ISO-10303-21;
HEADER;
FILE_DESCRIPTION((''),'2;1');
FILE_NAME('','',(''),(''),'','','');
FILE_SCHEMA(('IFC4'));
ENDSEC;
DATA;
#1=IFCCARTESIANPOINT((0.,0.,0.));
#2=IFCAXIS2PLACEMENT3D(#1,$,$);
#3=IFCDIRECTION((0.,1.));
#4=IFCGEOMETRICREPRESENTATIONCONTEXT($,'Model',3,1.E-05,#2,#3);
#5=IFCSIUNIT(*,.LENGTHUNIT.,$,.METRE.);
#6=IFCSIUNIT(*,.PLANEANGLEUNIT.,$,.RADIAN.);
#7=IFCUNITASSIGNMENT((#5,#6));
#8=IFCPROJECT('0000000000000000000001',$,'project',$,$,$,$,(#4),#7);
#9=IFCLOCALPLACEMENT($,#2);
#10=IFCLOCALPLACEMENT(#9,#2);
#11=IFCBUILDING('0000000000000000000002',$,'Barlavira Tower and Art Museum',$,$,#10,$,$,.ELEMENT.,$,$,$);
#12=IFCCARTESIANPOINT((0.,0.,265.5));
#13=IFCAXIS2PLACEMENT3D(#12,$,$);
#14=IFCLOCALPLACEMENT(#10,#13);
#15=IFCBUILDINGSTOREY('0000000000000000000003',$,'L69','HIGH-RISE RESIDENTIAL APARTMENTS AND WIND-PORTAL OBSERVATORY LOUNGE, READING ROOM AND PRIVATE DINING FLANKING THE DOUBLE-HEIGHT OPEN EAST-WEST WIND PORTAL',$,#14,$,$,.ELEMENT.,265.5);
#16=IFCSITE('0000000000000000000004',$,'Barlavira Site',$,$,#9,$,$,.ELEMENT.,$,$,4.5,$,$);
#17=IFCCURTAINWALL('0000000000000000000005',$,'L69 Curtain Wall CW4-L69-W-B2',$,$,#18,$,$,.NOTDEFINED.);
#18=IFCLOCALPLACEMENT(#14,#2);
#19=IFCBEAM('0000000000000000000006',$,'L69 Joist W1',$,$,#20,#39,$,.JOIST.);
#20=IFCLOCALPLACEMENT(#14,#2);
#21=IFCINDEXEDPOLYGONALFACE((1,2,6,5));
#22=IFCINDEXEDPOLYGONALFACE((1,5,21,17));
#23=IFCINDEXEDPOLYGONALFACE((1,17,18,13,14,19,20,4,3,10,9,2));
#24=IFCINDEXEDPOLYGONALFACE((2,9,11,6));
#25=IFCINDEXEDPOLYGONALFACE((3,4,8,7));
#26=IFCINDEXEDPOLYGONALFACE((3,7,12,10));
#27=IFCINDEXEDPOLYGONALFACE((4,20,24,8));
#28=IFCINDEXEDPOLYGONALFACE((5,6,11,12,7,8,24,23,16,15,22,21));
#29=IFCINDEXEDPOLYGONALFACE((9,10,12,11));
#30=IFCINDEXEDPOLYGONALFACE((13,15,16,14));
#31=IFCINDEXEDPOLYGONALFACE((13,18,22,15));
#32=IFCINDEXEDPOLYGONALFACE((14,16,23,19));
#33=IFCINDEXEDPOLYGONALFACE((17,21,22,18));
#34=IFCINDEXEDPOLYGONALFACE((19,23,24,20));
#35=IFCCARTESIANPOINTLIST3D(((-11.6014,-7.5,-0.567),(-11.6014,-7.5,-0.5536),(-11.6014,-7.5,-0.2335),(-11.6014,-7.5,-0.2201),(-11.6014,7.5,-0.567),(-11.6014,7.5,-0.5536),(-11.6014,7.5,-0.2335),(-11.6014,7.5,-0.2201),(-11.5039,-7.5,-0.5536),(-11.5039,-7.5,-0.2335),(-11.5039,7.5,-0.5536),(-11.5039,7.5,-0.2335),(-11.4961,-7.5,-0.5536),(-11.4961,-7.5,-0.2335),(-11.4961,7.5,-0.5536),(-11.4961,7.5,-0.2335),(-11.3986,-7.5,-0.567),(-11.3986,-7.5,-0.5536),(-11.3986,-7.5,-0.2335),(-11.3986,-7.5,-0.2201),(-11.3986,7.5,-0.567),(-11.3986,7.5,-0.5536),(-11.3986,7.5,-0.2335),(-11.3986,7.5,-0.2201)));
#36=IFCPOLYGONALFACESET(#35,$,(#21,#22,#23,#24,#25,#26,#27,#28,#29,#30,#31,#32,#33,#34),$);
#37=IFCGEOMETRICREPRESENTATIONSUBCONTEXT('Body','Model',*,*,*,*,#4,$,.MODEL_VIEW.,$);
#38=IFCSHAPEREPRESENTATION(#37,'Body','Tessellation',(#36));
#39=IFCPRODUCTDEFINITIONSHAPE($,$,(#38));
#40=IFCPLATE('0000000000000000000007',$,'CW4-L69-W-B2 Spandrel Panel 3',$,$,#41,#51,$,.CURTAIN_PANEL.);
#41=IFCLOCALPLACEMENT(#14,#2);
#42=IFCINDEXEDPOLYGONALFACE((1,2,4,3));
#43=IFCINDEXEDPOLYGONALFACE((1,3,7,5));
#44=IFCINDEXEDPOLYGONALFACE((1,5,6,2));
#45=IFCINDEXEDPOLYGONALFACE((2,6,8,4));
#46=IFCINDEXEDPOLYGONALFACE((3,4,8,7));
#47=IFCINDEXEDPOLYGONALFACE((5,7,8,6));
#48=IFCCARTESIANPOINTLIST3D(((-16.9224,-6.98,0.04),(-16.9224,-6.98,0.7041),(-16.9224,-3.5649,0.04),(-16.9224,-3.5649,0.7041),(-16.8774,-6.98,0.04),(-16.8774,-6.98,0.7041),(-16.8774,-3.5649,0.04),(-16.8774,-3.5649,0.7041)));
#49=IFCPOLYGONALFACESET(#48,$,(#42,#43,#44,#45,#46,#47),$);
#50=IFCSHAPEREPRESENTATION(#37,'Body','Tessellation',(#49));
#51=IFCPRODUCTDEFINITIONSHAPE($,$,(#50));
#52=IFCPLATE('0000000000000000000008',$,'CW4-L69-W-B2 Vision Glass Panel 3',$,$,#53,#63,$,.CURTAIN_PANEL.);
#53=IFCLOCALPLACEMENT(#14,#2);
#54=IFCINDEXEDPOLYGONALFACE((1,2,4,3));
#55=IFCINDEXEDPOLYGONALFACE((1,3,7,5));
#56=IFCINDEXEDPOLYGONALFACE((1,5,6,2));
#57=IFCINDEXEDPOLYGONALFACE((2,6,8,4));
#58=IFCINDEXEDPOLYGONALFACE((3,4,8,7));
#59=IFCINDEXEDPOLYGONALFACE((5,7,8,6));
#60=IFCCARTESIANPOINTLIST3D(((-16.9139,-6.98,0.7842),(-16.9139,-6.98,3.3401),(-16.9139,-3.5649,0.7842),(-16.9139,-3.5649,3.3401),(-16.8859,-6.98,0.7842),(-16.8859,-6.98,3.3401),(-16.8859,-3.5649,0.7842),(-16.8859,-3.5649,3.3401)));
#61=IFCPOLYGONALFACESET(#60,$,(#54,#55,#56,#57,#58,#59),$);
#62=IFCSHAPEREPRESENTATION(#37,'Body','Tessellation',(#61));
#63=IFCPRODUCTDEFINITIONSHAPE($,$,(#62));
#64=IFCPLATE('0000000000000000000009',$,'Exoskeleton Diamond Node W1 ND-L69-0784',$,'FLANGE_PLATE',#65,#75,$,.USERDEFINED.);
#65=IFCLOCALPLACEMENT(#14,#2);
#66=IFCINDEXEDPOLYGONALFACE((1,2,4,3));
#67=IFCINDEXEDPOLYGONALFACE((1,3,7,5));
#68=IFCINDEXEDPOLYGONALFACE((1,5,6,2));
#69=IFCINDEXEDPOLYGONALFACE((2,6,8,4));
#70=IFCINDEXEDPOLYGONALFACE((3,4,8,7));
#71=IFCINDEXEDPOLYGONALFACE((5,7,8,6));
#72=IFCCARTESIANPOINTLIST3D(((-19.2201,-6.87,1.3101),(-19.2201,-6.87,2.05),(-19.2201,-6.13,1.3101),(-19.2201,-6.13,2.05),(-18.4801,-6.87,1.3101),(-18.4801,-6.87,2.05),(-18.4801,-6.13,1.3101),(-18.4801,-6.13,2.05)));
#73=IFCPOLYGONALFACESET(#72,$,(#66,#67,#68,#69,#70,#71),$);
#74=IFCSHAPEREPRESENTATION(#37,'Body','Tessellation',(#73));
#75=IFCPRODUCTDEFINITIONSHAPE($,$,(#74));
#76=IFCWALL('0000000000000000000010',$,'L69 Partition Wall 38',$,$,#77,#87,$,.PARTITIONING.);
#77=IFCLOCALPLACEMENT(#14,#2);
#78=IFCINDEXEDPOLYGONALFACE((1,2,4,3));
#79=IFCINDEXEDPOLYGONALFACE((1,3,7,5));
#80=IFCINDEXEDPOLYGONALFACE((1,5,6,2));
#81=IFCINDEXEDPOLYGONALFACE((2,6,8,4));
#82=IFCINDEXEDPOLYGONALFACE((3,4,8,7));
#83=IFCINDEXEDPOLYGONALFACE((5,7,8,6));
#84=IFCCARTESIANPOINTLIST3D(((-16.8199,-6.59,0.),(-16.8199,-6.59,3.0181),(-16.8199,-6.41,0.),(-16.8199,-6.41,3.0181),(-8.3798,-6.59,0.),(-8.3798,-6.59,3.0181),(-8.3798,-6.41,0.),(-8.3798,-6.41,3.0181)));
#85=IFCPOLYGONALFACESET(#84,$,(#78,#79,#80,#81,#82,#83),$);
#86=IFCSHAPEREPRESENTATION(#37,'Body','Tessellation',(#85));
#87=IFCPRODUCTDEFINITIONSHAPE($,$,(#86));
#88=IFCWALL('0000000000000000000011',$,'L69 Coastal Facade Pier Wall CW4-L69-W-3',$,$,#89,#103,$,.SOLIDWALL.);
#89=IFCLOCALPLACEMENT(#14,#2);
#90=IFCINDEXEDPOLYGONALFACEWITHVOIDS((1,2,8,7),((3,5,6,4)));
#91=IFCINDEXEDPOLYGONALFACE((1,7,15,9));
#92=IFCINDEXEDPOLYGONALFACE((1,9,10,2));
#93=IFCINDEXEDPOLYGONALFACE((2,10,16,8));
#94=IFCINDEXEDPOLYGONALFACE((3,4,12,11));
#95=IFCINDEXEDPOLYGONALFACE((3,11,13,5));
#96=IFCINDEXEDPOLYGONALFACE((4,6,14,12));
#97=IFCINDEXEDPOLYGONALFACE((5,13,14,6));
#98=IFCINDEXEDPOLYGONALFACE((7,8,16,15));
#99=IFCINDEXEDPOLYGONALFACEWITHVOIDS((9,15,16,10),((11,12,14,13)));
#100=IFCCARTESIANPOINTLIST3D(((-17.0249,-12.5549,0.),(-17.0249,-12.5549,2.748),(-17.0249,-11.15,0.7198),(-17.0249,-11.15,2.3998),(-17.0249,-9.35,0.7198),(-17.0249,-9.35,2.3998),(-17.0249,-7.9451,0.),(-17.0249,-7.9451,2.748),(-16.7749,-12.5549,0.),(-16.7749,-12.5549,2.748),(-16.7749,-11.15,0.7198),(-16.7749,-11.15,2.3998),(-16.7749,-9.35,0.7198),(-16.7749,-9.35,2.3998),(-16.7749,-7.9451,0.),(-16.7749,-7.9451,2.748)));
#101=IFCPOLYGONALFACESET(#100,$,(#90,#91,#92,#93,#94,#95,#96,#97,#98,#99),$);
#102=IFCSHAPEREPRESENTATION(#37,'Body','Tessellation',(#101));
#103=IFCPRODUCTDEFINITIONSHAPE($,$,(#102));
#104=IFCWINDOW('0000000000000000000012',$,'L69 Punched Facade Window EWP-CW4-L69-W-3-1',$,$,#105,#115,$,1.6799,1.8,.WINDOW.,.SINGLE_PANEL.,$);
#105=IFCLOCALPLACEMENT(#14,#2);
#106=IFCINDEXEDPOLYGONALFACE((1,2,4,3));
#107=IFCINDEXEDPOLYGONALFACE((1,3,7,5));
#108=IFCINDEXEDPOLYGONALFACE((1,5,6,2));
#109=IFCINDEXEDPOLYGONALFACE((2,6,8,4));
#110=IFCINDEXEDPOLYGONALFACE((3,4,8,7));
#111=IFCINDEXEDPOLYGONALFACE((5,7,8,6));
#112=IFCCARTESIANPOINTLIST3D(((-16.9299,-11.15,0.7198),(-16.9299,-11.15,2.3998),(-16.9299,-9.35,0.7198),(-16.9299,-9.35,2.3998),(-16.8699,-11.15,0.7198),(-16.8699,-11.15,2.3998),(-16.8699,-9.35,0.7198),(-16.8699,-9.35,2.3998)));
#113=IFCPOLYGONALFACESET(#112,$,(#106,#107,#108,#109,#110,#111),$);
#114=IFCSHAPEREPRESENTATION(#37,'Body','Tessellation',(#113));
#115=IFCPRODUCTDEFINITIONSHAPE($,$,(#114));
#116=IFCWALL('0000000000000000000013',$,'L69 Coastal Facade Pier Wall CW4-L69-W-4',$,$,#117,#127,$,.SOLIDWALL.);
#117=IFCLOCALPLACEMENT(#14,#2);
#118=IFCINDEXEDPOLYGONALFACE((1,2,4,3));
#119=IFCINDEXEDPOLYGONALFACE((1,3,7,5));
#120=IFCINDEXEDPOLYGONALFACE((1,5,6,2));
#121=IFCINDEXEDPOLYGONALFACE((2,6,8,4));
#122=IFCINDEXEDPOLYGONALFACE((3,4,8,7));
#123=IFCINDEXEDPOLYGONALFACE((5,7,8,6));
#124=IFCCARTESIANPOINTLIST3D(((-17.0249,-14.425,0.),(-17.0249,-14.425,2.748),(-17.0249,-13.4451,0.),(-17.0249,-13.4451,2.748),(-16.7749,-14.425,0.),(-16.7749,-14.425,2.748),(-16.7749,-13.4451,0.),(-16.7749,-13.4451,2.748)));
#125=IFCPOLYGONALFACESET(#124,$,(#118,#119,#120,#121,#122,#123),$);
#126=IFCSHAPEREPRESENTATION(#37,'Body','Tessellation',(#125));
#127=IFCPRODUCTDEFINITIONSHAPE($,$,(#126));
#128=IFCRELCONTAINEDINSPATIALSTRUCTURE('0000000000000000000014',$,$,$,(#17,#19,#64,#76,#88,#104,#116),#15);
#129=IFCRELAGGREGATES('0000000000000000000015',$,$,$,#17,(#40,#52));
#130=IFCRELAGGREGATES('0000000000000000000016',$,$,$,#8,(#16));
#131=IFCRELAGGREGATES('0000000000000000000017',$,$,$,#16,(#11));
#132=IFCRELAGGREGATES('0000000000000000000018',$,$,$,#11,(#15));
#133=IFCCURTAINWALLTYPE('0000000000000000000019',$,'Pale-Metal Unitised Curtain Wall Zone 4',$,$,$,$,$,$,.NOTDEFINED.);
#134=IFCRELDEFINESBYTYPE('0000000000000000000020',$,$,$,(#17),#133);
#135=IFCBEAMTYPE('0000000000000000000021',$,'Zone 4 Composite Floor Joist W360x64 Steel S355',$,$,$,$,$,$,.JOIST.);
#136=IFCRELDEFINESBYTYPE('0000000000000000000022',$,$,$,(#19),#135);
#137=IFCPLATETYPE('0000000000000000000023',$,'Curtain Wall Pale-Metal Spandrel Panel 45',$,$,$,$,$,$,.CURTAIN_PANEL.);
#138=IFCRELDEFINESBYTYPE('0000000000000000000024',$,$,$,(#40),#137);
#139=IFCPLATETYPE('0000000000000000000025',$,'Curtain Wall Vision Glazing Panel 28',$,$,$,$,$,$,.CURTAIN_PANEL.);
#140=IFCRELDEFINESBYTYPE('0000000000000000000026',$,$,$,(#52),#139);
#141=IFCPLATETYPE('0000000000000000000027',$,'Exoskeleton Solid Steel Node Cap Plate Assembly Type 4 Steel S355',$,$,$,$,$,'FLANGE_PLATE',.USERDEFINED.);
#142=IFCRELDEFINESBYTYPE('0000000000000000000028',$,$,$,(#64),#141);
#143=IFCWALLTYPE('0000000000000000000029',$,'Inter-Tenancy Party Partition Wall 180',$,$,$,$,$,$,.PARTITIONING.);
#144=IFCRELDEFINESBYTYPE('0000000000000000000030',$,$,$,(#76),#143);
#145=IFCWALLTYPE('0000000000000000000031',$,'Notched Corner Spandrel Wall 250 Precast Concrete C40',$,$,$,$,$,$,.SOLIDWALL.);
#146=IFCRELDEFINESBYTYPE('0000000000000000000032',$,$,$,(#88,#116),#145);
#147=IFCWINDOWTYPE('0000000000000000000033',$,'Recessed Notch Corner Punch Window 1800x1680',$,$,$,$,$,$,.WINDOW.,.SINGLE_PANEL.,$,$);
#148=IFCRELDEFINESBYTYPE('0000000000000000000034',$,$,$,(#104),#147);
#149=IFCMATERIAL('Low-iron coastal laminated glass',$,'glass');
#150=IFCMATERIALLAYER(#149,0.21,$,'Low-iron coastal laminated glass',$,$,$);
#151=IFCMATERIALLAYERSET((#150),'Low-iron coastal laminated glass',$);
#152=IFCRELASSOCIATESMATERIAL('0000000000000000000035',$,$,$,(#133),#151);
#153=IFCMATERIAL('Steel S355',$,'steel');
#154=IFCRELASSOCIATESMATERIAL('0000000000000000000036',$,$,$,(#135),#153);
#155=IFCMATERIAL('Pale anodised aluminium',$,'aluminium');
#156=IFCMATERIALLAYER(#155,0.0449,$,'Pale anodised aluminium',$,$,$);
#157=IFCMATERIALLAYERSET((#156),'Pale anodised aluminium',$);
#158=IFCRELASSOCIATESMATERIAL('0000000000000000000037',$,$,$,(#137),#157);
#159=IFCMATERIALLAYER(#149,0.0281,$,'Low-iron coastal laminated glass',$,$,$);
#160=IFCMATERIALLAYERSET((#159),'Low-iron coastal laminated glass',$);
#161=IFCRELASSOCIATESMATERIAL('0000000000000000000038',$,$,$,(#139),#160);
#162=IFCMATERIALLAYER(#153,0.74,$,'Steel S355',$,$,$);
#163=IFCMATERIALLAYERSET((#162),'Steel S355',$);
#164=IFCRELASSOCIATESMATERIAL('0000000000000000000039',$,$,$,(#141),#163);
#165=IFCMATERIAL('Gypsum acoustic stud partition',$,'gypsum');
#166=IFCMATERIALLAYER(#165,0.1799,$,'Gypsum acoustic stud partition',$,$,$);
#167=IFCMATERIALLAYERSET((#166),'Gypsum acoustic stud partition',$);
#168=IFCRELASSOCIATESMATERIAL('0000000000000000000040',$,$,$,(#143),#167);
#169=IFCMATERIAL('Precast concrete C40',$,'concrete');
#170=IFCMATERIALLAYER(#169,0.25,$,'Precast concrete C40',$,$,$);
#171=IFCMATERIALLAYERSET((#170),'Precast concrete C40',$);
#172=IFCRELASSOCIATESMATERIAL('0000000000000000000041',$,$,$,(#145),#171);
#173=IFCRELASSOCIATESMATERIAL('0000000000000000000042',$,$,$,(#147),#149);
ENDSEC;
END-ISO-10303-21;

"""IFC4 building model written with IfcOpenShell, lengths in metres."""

from ifc_helpers import new_model, si_unit, direction, frame, frame_2d, origin, origin_2d, place, context, subcontext, project, spatial, rectangle, i_section, extrude, material, layer, layer_set, material_profile, profile_set, type_object, element, fill, aggregate, save


model = new_model("IFC4")

# Units and contexts
model_context = context("Model", 3, precision=1e-05, world=origin(), true_north=direction((0.0, 1.0)))
body_context = subcontext(model_context, "Body", "Model", "MODEL_VIEW")
ifc_project = project(units=[si_unit("LENGTHUNIT", "METRE"), si_unit("PLANEANGLEUNIT", "RADIAN")], contexts=[model_context])

# Site, building, storey
site_placement = place(None, origin())
site = spatial("IfcSite", under=ifc_project, at=site_placement, Name="Barlavira Site", CompositionType="ELEMENT", RefElevation=4.5)
building_placement = place(site_placement, origin())
building = spatial("IfcBuilding", under=site, at=building_placement, Name="Barlavira Tower and Art Museum", CompositionType="ELEMENT")
storey_placement = place(building_placement, frame((0.0, 0.0, 265.5)))
storey = spatial("IfcBuildingStorey", under=building, at=storey_placement, Name="L69", Description="HIGH-RISE RESIDENTIAL APARTMENTS AND WIND-PORTAL OBSERVATORY LOUNGE, READING ROOM AND PRIVATE DINING FLANKING THE DOUBLE-HEIGHT OPEN EAST-WEST WIND PORTAL", CompositionType="ELEMENT", Elevation=265.5)

# Curtain wall
ifc_material_1 = material(Name="Low-iron coastal laminated glass", Category="glass")
ifc_layer_1 = layer(ifc_material_1, 0.21, Name="Low-iron coastal laminated glass")
ifc_layer_set_1 = layer_set([ifc_layer_1], Name="Low-iron coastal laminated glass")
curtain_wall_type = type_object("IfcCurtainWallType", Name="Pale-Metal Unitised Curtain Wall Zone 4", PredefinedType="NOTDEFINED", material=ifc_layer_set_1)
curtain_wall_placement = place(storey_placement, origin())
curtain_wall = element("IfcCurtainWall", 1, at=curtain_wall_placement, inside=storey, type_object=curtain_wall_type, Name="L69 Curtain Wall CW4-L69-W-B2", PredefinedType="NOTDEFINED")
ifc_material_2 = material(Name="Pale anodised aluminium", Category="aluminium")

# Beam
ifc_material_3 = material(Name="Steel S355", Category="steel")
ifc_material_profile_1 = material_profile(ifc_material_3, i_section(OverallWidth=0.2029, OverallDepth=0.3469, WebThickness=0.0078, FlangeThickness=0.0134, at=origin_2d()), Name="W360x64.0")
ifc_profile_set_1 = profile_set([ifc_material_profile_1], Name="Steel S355")
beam_type_1 = type_object("IfcBeamType", Name="Zone 4 Composite Floor Joist W360x64 Steel S355", PredefinedType="JOIST", material=ifc_profile_set_1)
beam_1_placement = place(storey_placement, frame((-11.5, -7.5, -0.3936), z_axis=(0.0, 1.0, 0.0), x_axis=(-1.0, 0.0, 0.0)))
element("IfcBeam", 2, at=beam_1_placement, inside=storey, type_object=beam_type_1, Name="L69 Joist W1", PredefinedType="JOIST", context=body_context, shape_type="SweptSolid", body=[
    extrude(i_section(OverallWidth=0.2029, OverallDepth=0.3469, WebThickness=0.0078, FlangeThickness=0.0134, at=origin_2d()), origin(), (0.0, 0.0, 1.0), 15.0),
])

# Plates
ifc_layer_2 = layer(ifc_material_2, 0.0449, Name="Pale anodised aluminium")
ifc_layer_set_2 = layer_set([ifc_layer_2], Name="Pale anodised aluminium")
plate_type_1 = type_object("IfcPlateType", Name="Curtain Wall Pale-Metal Spandrel Panel 45", PredefinedType="CURTAIN_PANEL", material=ifc_layer_set_2)
plate_1_placement = place(storey_placement, frame((-16.8999, -5.2725, 0.04), z_axis=(0.0, 0.0, 1.0), x_axis=(0.0, -1.0, 0.0)))
plate_1 = element("IfcPlate", 3, at=plate_1_placement, type_object=plate_type_1, Name="CW4-L69-W-B2 Spandrel Panel 3", PredefinedType="CURTAIN_PANEL", context=body_context, shape_type="SweptSolid", body=[
    extrude(rectangle(XDim=3.415, YDim=0.0449, at=origin_2d()), origin(), (0.0, 0.0, 1.0), 0.6641),
])
ifc_layer_3 = layer(ifc_material_1, 0.0281, Name="Low-iron coastal laminated glass")
ifc_layer_set_3 = layer_set([ifc_layer_3], Name="Low-iron coastal laminated glass")
plate_type_2 = type_object("IfcPlateType", Name="Curtain Wall Vision Glazing Panel 28", PredefinedType="CURTAIN_PANEL", material=ifc_layer_set_3)
plate_2_placement = place(storey_placement, frame((-16.8999, -5.2725, 0.7842), z_axis=(0.0, 0.0, 1.0), x_axis=(0.0, -1.0, 0.0)))
plate_2 = element("IfcPlate", 4, at=plate_2_placement, type_object=plate_type_2, Name="CW4-L69-W-B2 Vision Glass Panel 3", PredefinedType="CURTAIN_PANEL", context=body_context, shape_type="SweptSolid", body=[
    extrude(rectangle(XDim=3.415, YDim=0.0281, at=origin_2d()), origin(), (0.0, 0.0, 1.0), 2.5559),
])
aggregate(curtain_wall, [plate_1, plate_2])
ifc_layer_4 = layer(ifc_material_3, 0.74, Name="Steel S355")
ifc_layer_set_4 = layer_set([ifc_layer_4], Name="Steel S355")
plate_type_3 = type_object("IfcPlateType", Name="Exoskeleton Solid Steel Node Cap Plate Assembly Type 4 Steel S355", ElementType="FLANGE_PLATE", PredefinedType="USERDEFINED", material=ifc_layer_set_4)
plate_3_placement = place(storey_placement, frame((-18.8501, -6.5, 1.3101), z_axis=(0.0, 0.0, 1.0), x_axis=(1.0, 0.0, 0.0)))
element("IfcPlate", 5, at=plate_3_placement, inside=storey, type_object=plate_type_3, Name="Exoskeleton Diamond Node W1 ND-L69-0784", ObjectType="FLANGE_PLATE", PredefinedType="USERDEFINED", context=body_context, shape_type="SweptSolid", body=[
    extrude(rectangle(XDim=0.74, YDim=0.74, at=origin_2d()), origin(), (0.0, 0.0, 1.0), 0.74),
])

# Wall
ifc_material_4 = material(Name="Gypsum acoustic stud partition", Category="gypsum")
ifc_layer_5 = layer(ifc_material_4, 0.1799, Name="Gypsum acoustic stud partition")
ifc_layer_set_5 = layer_set([ifc_layer_5], Name="Gypsum acoustic stud partition")
wall_type_1 = type_object("IfcWallType", Name="Inter-Tenancy Party Partition Wall 180", PredefinedType="PARTITIONING", material=ifc_layer_set_5)
wall_1_placement = place(storey_placement, frame((-16.8201, -6.5, 0.0), z_axis=(0.0, 0.0, 1.0), x_axis=(1.0, 0.0, 0.0)))
element("IfcWall", 6, at=wall_1_placement, inside=storey, type_object=wall_type_1, Name="L69 Partition Wall 38", PredefinedType="PARTITIONING", context=body_context, shape_type="SweptSolid", body=[
    extrude(rectangle(XDim=8.4402, YDim=0.1799, at=frame_2d((4.2202, 0.0))), origin(), (0.0, 0.0, 1.0), 3.0181),
])

# Wall, opening, window
ifc_material_5 = material(Name="Precast concrete C40", Category="concrete")
ifc_layer_6 = layer(ifc_material_5, 0.25, Name="Precast concrete C40")
ifc_layer_set_6 = layer_set([ifc_layer_6], Name="Precast concrete C40")
wall_type_2 = type_object("IfcWallType", Name="Notched Corner Spandrel Wall 250 Precast Concrete C40", PredefinedType="SOLIDWALL", material=ifc_layer_set_6)
wall_2_placement = place(storey_placement, frame((-16.8999, -7.9451, 0.0), z_axis=(0.0, 0.0, 1.0), x_axis=(0.0, -1.0, 0.0)))
wall_2 = element("IfcWall", 7, at=wall_2_placement, inside=storey, type_object=wall_type_2, Name="L69 Coastal Facade Pier Wall CW4-L69-W-3", PredefinedType="SOLIDWALL", context=body_context, shape_type="SweptSolid", body=[
    extrude(rectangle(XDim=4.6099, YDim=0.25, at=frame_2d((2.3049, 0.0))), origin(), (0.0, 0.0, 1.0), 2.748),
])
opening_placement = place(wall_2_placement, frame((1.405, 0.0, 0.72)))
opening = element("IfcOpeningElement", 8, at=opening_placement, cuts=wall_2, PredefinedType="OPENING", context=body_context, shape_type="SweptSolid", body=[
    extrude(rectangle(XDim=1.8, YDim=1.6799, at=frame_2d((0.8999, 0.8398))), frame((0.0, 0.135, 0.0), z_axis=(0.0, -1.0, 0.0), x_axis=(1.0, 0.0, 0.0)), (0.0, 0.0, 1.0), 0.27),
])
window_type = type_object("IfcWindowType", Name="Recessed Notch Corner Punch Window 1800x1680", PartitioningType="SINGLE_PANEL", PredefinedType="WINDOW", material=ifc_material_1)
window_placement = place(opening_placement, origin())
window = element("IfcWindow", 9, at=window_placement, inside=storey, type_object=window_type, Name="L69 Punched Facade Window EWP-CW4-L69-W-3-1", OverallHeight=1.6799, OverallWidth=1.8, PartitioningType="SINGLE_PANEL", PredefinedType="WINDOW", context=body_context, shape_type="SweptSolid", body=[
    extrude(rectangle(XDim=1.8, YDim=1.6799, at=frame_2d((0.8999, 0.8398))), frame((0.0, 0.03, 0.0), z_axis=(0.0, -1.0, 0.0), x_axis=(1.0, 0.0, 0.0)), (0.0, 0.0, 1.0), 0.0601),
])
fill(opening, window)

# Wall
wall_3_placement = place(storey_placement, frame((-16.8999, -13.4451, 0.0), z_axis=(0.0, 0.0, 1.0), x_axis=(0.0, -1.0, 0.0)))
element("IfcWall", 10, at=wall_3_placement, inside=storey, type_object=wall_type_2, Name="L69 Coastal Facade Pier Wall CW4-L69-W-4", PredefinedType="SOLIDWALL", context=body_context, shape_type="SweptSolid", body=[
    extrude(rectangle(XDim=0.98, YDim=0.25, at=frame_2d((0.49, 0.0))), origin(), (0.0, 0.0, 1.0), 2.748),
])

save(model, "model.ifc")
